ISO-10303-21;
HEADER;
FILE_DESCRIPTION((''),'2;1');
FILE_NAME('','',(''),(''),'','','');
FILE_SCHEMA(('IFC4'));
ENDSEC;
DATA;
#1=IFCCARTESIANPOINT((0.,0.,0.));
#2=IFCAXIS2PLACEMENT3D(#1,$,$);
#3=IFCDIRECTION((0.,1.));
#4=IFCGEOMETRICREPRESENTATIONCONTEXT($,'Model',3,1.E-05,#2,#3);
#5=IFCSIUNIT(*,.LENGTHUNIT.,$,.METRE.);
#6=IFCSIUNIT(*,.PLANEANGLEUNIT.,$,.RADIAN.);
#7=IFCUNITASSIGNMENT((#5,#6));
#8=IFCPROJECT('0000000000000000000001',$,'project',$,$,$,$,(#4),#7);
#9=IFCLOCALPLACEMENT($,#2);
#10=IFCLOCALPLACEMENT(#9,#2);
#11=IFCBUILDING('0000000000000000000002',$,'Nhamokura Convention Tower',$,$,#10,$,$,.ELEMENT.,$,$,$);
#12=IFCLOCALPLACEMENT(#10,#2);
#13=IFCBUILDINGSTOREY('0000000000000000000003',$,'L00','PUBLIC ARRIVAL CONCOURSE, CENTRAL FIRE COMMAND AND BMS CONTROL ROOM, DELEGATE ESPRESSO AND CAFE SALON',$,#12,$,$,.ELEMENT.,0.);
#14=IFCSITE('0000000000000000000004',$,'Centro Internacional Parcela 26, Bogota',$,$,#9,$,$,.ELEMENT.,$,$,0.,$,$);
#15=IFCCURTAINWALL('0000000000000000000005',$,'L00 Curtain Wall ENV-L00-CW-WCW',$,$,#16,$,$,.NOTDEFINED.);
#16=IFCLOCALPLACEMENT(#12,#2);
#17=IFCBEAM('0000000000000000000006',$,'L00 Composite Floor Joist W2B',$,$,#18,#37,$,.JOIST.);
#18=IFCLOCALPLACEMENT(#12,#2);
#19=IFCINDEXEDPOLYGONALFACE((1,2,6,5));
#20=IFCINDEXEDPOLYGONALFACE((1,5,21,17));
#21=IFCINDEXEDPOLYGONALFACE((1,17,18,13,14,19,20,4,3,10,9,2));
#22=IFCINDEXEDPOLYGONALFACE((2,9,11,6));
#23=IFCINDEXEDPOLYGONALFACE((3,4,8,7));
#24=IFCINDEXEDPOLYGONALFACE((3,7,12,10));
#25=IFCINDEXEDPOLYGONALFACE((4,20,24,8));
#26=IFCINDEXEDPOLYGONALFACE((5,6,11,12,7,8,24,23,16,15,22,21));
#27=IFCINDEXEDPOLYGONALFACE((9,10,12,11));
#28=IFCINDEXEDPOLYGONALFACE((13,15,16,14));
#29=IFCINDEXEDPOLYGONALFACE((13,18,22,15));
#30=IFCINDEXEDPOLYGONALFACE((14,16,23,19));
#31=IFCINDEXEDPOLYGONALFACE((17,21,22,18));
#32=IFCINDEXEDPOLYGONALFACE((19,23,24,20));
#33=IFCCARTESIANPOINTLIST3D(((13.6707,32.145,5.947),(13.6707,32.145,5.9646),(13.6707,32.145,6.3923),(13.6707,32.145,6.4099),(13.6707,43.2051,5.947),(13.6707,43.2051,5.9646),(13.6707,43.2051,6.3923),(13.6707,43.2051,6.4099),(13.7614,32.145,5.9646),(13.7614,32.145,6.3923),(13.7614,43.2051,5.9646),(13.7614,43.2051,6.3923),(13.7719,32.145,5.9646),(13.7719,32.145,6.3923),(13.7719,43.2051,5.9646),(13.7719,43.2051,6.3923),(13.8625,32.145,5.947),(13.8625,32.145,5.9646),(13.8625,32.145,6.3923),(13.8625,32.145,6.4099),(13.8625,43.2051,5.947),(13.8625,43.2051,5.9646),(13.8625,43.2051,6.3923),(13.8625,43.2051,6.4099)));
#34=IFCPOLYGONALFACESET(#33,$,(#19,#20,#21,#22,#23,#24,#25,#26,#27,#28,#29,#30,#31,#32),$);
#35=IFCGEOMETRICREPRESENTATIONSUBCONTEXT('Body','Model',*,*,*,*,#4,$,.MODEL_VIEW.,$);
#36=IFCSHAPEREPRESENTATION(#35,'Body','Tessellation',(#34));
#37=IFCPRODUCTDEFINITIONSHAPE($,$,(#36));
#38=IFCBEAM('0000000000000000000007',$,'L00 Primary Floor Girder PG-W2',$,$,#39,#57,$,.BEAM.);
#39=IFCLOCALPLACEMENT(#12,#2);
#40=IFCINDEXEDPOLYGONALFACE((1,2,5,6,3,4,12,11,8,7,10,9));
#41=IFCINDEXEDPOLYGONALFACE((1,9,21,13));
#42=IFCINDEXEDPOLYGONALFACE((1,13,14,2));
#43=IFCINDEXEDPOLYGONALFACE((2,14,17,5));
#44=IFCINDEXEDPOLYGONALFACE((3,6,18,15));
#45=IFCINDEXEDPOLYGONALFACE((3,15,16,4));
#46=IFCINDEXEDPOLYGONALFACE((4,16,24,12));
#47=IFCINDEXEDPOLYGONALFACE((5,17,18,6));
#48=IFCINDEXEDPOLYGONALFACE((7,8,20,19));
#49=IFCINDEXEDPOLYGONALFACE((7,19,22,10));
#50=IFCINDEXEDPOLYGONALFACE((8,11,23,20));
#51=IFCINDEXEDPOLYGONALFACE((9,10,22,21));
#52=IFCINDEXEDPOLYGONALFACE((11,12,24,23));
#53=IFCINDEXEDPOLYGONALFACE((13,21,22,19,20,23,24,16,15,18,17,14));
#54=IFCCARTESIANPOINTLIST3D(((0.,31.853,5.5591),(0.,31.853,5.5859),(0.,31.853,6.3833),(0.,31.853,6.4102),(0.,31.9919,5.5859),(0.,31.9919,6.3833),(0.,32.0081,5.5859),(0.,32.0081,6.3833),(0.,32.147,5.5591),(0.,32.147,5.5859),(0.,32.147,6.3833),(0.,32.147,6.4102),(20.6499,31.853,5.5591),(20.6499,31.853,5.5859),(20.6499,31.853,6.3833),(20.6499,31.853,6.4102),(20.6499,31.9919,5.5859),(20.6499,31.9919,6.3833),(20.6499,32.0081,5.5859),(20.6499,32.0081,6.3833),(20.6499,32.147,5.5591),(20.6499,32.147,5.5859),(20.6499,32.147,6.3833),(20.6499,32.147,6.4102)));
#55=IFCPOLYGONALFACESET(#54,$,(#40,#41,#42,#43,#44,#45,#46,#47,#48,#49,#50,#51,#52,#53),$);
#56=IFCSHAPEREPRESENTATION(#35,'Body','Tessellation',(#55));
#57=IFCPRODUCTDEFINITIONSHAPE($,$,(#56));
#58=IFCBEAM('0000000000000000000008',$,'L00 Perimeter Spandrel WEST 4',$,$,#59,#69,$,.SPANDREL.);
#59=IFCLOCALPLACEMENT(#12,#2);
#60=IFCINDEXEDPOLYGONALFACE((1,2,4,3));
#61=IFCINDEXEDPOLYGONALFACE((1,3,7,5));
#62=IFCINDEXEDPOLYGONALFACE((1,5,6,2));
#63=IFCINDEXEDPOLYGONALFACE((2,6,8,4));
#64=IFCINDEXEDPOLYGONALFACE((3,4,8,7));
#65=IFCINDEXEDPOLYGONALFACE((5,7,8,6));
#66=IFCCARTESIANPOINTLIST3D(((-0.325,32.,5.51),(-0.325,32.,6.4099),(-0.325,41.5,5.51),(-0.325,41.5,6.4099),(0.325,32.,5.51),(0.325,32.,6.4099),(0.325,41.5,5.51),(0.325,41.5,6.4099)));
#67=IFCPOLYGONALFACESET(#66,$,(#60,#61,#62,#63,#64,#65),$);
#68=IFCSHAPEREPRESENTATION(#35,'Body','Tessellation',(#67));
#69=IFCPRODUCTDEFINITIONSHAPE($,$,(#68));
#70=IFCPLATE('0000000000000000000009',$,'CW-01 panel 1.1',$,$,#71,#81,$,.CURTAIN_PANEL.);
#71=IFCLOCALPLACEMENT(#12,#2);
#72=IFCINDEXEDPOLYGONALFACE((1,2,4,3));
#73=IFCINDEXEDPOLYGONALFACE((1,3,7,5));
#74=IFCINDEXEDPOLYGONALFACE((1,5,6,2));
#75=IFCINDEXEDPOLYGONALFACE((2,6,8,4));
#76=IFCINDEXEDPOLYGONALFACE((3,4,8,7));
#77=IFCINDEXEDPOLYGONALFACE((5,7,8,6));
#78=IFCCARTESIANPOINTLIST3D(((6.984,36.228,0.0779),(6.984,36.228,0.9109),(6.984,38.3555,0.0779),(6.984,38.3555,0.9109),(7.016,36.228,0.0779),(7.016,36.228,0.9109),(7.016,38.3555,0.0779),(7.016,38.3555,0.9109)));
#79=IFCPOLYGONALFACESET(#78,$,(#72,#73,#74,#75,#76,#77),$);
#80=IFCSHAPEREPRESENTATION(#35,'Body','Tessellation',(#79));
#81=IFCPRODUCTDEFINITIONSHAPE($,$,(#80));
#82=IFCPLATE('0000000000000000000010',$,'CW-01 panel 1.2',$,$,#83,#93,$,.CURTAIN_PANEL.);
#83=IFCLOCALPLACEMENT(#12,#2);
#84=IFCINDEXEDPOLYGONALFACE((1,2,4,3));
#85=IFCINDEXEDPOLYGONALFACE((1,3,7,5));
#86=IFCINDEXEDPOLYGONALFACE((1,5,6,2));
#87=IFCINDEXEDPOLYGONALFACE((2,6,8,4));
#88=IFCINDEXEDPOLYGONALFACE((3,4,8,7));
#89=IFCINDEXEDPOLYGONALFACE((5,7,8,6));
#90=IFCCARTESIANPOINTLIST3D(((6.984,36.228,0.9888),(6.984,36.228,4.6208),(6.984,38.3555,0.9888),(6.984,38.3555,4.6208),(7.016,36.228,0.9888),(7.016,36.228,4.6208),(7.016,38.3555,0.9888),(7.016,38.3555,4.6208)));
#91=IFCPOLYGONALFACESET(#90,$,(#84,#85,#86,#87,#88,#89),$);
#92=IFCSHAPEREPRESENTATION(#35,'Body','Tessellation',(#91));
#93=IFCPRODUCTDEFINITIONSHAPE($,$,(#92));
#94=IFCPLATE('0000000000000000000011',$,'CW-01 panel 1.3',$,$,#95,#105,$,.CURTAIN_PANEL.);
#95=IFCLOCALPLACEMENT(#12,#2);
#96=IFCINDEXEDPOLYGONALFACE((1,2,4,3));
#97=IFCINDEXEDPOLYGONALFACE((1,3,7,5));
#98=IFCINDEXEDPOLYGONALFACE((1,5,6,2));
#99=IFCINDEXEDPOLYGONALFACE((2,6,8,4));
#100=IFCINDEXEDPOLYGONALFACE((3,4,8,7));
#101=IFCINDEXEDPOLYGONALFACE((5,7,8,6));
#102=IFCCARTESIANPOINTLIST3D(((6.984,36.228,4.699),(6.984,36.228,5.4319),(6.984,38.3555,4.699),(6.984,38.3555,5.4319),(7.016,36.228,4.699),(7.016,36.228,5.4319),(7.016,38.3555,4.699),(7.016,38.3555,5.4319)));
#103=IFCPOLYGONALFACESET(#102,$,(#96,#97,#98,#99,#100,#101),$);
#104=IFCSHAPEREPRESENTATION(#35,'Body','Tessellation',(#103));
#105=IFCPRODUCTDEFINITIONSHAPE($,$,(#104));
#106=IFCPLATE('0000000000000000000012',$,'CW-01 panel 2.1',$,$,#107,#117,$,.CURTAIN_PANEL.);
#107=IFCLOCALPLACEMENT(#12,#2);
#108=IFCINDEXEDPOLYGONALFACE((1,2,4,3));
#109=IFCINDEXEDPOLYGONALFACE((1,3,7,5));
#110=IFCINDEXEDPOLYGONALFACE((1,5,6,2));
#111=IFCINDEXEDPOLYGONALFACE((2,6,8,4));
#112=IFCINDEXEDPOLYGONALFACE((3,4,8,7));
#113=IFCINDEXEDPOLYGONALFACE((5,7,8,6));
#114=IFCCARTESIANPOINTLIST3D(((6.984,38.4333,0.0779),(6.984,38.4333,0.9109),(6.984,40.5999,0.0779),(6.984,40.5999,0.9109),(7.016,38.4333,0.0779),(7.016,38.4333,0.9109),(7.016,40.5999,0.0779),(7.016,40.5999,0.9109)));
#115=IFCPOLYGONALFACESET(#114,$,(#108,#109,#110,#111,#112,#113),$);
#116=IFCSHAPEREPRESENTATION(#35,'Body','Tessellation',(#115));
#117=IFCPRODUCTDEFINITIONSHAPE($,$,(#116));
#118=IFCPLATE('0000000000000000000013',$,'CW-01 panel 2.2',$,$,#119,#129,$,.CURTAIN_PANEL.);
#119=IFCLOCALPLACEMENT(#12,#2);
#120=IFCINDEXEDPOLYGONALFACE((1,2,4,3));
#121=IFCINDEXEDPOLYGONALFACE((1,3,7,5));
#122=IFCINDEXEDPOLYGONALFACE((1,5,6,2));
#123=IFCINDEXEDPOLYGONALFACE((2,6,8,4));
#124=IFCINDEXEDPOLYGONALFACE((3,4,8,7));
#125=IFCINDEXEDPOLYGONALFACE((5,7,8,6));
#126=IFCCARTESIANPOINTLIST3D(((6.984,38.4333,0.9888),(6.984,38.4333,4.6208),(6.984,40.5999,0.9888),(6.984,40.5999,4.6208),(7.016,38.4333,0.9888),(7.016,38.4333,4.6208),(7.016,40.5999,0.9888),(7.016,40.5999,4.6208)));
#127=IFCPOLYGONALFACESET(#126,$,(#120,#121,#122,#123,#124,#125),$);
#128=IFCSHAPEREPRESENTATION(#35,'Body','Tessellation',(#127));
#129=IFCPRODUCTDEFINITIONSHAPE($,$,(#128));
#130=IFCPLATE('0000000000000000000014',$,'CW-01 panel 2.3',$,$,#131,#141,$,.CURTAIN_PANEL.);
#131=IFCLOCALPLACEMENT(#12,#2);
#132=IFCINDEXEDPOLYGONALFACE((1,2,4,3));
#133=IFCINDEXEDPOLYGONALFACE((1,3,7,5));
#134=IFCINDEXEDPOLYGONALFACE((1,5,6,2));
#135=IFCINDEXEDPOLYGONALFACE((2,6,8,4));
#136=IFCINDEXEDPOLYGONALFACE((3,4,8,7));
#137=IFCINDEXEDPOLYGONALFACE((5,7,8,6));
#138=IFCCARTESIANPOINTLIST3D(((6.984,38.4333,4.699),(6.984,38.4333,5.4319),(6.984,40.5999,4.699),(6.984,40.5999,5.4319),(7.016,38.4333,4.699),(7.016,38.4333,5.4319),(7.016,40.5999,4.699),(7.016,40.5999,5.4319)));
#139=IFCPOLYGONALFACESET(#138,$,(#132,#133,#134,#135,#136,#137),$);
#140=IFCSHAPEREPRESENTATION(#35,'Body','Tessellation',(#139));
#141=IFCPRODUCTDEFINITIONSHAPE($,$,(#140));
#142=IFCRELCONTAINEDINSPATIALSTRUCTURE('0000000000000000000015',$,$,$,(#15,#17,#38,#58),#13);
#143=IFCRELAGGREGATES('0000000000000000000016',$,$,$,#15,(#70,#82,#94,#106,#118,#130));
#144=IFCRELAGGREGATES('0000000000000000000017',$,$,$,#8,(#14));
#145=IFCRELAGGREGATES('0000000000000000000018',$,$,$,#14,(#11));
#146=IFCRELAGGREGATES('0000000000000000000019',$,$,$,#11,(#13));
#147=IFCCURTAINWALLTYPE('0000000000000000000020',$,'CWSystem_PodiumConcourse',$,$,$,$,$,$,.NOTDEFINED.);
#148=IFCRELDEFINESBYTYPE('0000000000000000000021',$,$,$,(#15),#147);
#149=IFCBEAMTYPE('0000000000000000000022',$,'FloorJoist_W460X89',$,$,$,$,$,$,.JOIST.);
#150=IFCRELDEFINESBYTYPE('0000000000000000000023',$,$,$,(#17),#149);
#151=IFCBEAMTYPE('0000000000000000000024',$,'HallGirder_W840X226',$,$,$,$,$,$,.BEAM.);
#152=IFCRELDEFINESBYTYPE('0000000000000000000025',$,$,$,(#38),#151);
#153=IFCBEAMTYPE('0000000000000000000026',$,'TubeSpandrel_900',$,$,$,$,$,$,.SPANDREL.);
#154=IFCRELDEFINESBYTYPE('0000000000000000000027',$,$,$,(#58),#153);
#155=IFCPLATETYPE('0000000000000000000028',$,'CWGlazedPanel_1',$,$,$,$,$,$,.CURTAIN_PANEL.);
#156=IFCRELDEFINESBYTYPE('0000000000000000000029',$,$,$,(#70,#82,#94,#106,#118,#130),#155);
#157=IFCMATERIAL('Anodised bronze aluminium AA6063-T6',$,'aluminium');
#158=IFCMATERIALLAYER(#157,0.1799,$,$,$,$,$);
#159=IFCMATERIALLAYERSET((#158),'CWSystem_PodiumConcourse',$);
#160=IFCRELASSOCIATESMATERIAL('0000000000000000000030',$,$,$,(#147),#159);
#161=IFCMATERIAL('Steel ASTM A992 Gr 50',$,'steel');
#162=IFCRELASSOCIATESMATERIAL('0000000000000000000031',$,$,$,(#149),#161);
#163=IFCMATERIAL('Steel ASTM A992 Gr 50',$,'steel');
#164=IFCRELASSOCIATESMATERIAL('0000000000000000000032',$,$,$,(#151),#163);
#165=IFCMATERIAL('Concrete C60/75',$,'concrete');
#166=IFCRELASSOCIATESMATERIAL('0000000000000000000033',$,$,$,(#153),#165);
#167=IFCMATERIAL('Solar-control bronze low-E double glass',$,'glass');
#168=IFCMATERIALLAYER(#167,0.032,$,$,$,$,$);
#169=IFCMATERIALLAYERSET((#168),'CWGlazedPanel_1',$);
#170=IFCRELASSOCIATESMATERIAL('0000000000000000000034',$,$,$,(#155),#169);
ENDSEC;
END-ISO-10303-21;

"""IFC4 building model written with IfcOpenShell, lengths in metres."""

from ifc_helpers import new_model, si_unit, direction, frame, origin, origin_2d, place, context, subcontext, project, spatial, rectangle, i_section, extrude, material, layer, layer_set, material_profile, profile_set, type_object, element, aggregate, save


model = new_model("IFC4")

# Units and contexts
model_context = context("Model", 3, precision=1e-05, world=origin(), true_north=direction((0.0, 1.0)))
body_context = subcontext(model_context, "Body", "Model", "MODEL_VIEW")
ifc_project = project(units=[si_unit("LENGTHUNIT", "METRE"), si_unit("PLANEANGLEUNIT", "RADIAN")], contexts=[model_context])

# Site, building, storey
site_placement = place(None, origin())
site = spatial("IfcSite", under=ifc_project, at=site_placement, Name="Centro Internacional Parcela 26, Bogota", CompositionType="ELEMENT", RefElevation=0.0)
building_placement = place(site_placement, origin())
building = spatial("IfcBuilding", under=site, at=building_placement, Name="Nhamokura Convention Tower", CompositionType="ELEMENT")
storey_placement = place(building_placement, origin())
storey = spatial("IfcBuildingStorey", under=building, at=storey_placement, Name="L00", Description="PUBLIC ARRIVAL CONCOURSE, CENTRAL FIRE COMMAND AND BMS CONTROL ROOM, DELEGATE ESPRESSO AND CAFE SALON", CompositionType="ELEMENT", Elevation=0.0)

# Curtain wall
ifc_material_1 = material(Name="Anodised bronze aluminium AA6063-T6", Category="aluminium")
ifc_layer_1 = layer(ifc_material_1, 0.1799)
ifc_layer_set_1 = layer_set([ifc_layer_1], Name="CWSystem_PodiumConcourse")
curtain_wall_type = type_object("IfcCurtainWallType", Name="CWSystem_PodiumConcourse", PredefinedType="NOTDEFINED", material=ifc_layer_set_1)
curtain_wall_placement = place(storey_placement, origin())
curtain_wall = element("IfcCurtainWall", 1, at=curtain_wall_placement, inside=storey, type_object=curtain_wall_type, Name="L00 Curtain Wall ENV-L00-CW-WCW", PredefinedType="NOTDEFINED")

# Beams
ifc_material_2 = material(Name="Steel ASTM A992 Gr 50", Category="steel")
ifc_material_profile_1 = material_profile(ifc_material_2, i_section(OverallWidth=0.1919, OverallDepth=0.4629, WebThickness=0.0105, FlangeThickness=0.0176, at=origin_2d()))
ifc_profile_set_1 = profile_set([ifc_material_profile_1], Name="Steel ASTM A992 Gr 50")
beam_type_1 = type_object("IfcBeamType", Name="FloorJoist_W460X89", PredefinedType="JOIST", material=ifc_profile_set_1)
for number, where, z_axis, x_axis, name in (
    (2, (13.7666, 32.145, 6.1785), (0.0, 1.0, 0.0), (-1.0, 0.0, 0.0), "L00 Composite Floor Joist W2B"),
):
    element("IfcBeam", number, at=place(storey_placement, frame(where, z_axis=z_axis, x_axis=x_axis)), inside=storey, type_object=beam_type_1, Name=name, PredefinedType="JOIST", context=body_context, shape_type="SweptSolid", body=[
        extrude(i_section(OverallWidth=0.1919, OverallDepth=0.4629, WebThickness=0.0105, FlangeThickness=0.0176, at=origin_2d()), origin(), (0.0, 0.0, 1.0), 11.0601),
    ])
ifc_material_3 = material(Name="Steel ASTM A992 Gr 50", Category="steel")
ifc_material_profile_2 = material_profile(ifc_material_3, i_section(OverallWidth=0.2939, OverallDepth=0.8511, WebThickness=0.0161, FlangeThickness=0.0269, at=origin_2d()))
ifc_profile_set_2 = profile_set([ifc_material_profile_2], Name="Steel ASTM A992 Gr 50")
beam_type_2 = type_object("IfcBeamType", Name="HallGirder_W840X226", PredefinedType="BEAM", material=ifc_profile_set_2)
beam_1_placement = place(storey_placement, frame((0.0, 32.0, 5.9846), z_axis=(1.0, 0.0, 0.0), x_axis=(0.0, 1.0, 0.0)))
element("IfcBeam", 3, at=beam_1_placement, inside=storey, type_object=beam_type_2, Name="L00 Primary Floor Girder PG-W2", PredefinedType="BEAM", context=body_context, shape_type="SweptSolid", body=[
    extrude(i_section(OverallWidth=0.2939, OverallDepth=0.8511, WebThickness=0.0161, FlangeThickness=0.0269, at=origin_2d()), origin(), (0.0, 0.0, 1.0), 20.6499),
])
ifc_material_4 = material(Name="Concrete C60/75", Category="concrete")
ifc_material_profile_3 = material_profile(ifc_material_4, rectangle(XDim=0.6499, YDim=0.8999, at=origin_2d()))
ifc_profile_set_3 = profile_set([ifc_material_profile_3], Name="Concrete C60/75")
beam_type_3 = type_object("IfcBeamType", Name="TubeSpandrel_900", PredefinedType="SPANDREL", material=ifc_profile_set_3)
beam_2_placement = place(storey_placement, frame((0.0, 32.0, 5.96), z_axis=(0.0, 1.0, 0.0), x_axis=(-1.0, 0.0, 0.0)))
element("IfcBeam", 4, at=beam_2_placement, inside=storey, type_object=beam_type_3, Name="L00 Perimeter Spandrel WEST 4", PredefinedType="SPANDREL", context=body_context, shape_type="SweptSolid", body=[
    extrude(rectangle(XDim=0.6499, YDim=0.8999, at=origin_2d()), origin(), (0.0, 0.0, 1.0), 9.5),
])

# Plates
ifc_material_5 = material(Name="Solar-control bronze low-E double glass", Category="glass")
ifc_layer_2 = layer(ifc_material_5, 0.032)
ifc_layer_set_2 = layer_set([ifc_layer_2], Name="CWGlazedPanel_1")
plate_type = type_object("IfcPlateType", Name="CWGlazedPanel_1", PredefinedType="CURTAIN_PANEL", material=ifc_layer_set_2)
plate_1_placement = place(storey_placement, frame((7.0, 37.2917, 0.0779), z_axis=(0.0, 0.0, 1.0), x_axis=(0.0, 1.0, 0.0)))
plate_1 = element("IfcPlate", 5, at=plate_1_placement, type_object=plate_type, Name="CW-01 panel 1.1", PredefinedType="CURTAIN_PANEL", context=body_context, shape_type="SweptSolid", body=[
    extrude(rectangle(XDim=2.1274, YDim=0.032, at=origin_2d()), origin(), (0.0, 0.0, 1.0), 0.833),
])
plate_2_placement = place(storey_placement, frame((7.0, 37.2917, 0.9888), z_axis=(0.0, 0.0, 1.0), x_axis=(0.0, 1.0, 0.0)))
plate_2 = element("IfcPlate", 6, at=plate_2_placement, type_object=plate_type, Name="CW-01 panel 1.2", PredefinedType="CURTAIN_PANEL", context=body_context, shape_type="SweptSolid", body=[
    extrude(rectangle(XDim=2.1274, YDim=0.032, at=origin_2d()), origin(), (0.0, 0.0, 1.0), 3.6321),
])
plate_3_placement = place(storey_placement, frame((7.0, 37.2917, 4.699), z_axis=(0.0, 0.0, 1.0), x_axis=(0.0, 1.0, 0.0)))
plate_3 = element("IfcPlate", 7, at=plate_3_placement, type_object=plate_type, Name="CW-01 panel 1.3", PredefinedType="CURTAIN_PANEL", context=body_context, shape_type="SweptSolid", body=[
    extrude(rectangle(XDim=2.1274, YDim=0.032, at=origin_2d()), origin(), (0.0, 0.0, 1.0), 0.7329),
])
plate_4_placement = place(storey_placement, frame((7.0, 39.5166, 0.0779), z_axis=(0.0, 0.0, 1.0), x_axis=(0.0, 1.0, 0.0)))
plate_4 = element("IfcPlate", 8, at=plate_4_placement, type_object=plate_type, Name="CW-01 panel 2.1", PredefinedType="CURTAIN_PANEL", context=body_context, shape_type="SweptSolid", body=[
    extrude(rectangle(XDim=2.1665, YDim=0.032, at=origin_2d()), origin(), (0.0, 0.0, 1.0), 0.833),
])
plate_5_placement = place(storey_placement, frame((7.0, 39.5166, 0.9888), z_axis=(0.0, 0.0, 1.0), x_axis=(0.0, 1.0, 0.0)))
plate_5 = element("IfcPlate", 9, at=plate_5_placement, type_object=plate_type, Name="CW-01 panel 2.2", PredefinedType="CURTAIN_PANEL", context=body_context, shape_type="SweptSolid", body=[
    extrude(rectangle(XDim=2.1665, YDim=0.032, at=origin_2d()), origin(), (0.0, 0.0, 1.0), 3.6321),
])
plate_6_placement = place(storey_placement, frame((7.0, 39.5166, 4.699), z_axis=(0.0, 0.0, 1.0), x_axis=(0.0, 1.0, 0.0)))
plate_6 = element("IfcPlate", 10, at=plate_6_placement, type_object=plate_type, Name="CW-01 panel 2.3", PredefinedType="CURTAIN_PANEL", context=body_context, shape_type="SweptSolid", body=[
    extrude(rectangle(XDim=2.1665, YDim=0.032, at=origin_2d()), origin(), (0.0, 0.0, 1.0), 0.7329),
])
aggregate(curtain_wall, [plate_1, plate_2, plate_3, plate_4, plate_5, plate_6])

save(model, "model.ifc")
